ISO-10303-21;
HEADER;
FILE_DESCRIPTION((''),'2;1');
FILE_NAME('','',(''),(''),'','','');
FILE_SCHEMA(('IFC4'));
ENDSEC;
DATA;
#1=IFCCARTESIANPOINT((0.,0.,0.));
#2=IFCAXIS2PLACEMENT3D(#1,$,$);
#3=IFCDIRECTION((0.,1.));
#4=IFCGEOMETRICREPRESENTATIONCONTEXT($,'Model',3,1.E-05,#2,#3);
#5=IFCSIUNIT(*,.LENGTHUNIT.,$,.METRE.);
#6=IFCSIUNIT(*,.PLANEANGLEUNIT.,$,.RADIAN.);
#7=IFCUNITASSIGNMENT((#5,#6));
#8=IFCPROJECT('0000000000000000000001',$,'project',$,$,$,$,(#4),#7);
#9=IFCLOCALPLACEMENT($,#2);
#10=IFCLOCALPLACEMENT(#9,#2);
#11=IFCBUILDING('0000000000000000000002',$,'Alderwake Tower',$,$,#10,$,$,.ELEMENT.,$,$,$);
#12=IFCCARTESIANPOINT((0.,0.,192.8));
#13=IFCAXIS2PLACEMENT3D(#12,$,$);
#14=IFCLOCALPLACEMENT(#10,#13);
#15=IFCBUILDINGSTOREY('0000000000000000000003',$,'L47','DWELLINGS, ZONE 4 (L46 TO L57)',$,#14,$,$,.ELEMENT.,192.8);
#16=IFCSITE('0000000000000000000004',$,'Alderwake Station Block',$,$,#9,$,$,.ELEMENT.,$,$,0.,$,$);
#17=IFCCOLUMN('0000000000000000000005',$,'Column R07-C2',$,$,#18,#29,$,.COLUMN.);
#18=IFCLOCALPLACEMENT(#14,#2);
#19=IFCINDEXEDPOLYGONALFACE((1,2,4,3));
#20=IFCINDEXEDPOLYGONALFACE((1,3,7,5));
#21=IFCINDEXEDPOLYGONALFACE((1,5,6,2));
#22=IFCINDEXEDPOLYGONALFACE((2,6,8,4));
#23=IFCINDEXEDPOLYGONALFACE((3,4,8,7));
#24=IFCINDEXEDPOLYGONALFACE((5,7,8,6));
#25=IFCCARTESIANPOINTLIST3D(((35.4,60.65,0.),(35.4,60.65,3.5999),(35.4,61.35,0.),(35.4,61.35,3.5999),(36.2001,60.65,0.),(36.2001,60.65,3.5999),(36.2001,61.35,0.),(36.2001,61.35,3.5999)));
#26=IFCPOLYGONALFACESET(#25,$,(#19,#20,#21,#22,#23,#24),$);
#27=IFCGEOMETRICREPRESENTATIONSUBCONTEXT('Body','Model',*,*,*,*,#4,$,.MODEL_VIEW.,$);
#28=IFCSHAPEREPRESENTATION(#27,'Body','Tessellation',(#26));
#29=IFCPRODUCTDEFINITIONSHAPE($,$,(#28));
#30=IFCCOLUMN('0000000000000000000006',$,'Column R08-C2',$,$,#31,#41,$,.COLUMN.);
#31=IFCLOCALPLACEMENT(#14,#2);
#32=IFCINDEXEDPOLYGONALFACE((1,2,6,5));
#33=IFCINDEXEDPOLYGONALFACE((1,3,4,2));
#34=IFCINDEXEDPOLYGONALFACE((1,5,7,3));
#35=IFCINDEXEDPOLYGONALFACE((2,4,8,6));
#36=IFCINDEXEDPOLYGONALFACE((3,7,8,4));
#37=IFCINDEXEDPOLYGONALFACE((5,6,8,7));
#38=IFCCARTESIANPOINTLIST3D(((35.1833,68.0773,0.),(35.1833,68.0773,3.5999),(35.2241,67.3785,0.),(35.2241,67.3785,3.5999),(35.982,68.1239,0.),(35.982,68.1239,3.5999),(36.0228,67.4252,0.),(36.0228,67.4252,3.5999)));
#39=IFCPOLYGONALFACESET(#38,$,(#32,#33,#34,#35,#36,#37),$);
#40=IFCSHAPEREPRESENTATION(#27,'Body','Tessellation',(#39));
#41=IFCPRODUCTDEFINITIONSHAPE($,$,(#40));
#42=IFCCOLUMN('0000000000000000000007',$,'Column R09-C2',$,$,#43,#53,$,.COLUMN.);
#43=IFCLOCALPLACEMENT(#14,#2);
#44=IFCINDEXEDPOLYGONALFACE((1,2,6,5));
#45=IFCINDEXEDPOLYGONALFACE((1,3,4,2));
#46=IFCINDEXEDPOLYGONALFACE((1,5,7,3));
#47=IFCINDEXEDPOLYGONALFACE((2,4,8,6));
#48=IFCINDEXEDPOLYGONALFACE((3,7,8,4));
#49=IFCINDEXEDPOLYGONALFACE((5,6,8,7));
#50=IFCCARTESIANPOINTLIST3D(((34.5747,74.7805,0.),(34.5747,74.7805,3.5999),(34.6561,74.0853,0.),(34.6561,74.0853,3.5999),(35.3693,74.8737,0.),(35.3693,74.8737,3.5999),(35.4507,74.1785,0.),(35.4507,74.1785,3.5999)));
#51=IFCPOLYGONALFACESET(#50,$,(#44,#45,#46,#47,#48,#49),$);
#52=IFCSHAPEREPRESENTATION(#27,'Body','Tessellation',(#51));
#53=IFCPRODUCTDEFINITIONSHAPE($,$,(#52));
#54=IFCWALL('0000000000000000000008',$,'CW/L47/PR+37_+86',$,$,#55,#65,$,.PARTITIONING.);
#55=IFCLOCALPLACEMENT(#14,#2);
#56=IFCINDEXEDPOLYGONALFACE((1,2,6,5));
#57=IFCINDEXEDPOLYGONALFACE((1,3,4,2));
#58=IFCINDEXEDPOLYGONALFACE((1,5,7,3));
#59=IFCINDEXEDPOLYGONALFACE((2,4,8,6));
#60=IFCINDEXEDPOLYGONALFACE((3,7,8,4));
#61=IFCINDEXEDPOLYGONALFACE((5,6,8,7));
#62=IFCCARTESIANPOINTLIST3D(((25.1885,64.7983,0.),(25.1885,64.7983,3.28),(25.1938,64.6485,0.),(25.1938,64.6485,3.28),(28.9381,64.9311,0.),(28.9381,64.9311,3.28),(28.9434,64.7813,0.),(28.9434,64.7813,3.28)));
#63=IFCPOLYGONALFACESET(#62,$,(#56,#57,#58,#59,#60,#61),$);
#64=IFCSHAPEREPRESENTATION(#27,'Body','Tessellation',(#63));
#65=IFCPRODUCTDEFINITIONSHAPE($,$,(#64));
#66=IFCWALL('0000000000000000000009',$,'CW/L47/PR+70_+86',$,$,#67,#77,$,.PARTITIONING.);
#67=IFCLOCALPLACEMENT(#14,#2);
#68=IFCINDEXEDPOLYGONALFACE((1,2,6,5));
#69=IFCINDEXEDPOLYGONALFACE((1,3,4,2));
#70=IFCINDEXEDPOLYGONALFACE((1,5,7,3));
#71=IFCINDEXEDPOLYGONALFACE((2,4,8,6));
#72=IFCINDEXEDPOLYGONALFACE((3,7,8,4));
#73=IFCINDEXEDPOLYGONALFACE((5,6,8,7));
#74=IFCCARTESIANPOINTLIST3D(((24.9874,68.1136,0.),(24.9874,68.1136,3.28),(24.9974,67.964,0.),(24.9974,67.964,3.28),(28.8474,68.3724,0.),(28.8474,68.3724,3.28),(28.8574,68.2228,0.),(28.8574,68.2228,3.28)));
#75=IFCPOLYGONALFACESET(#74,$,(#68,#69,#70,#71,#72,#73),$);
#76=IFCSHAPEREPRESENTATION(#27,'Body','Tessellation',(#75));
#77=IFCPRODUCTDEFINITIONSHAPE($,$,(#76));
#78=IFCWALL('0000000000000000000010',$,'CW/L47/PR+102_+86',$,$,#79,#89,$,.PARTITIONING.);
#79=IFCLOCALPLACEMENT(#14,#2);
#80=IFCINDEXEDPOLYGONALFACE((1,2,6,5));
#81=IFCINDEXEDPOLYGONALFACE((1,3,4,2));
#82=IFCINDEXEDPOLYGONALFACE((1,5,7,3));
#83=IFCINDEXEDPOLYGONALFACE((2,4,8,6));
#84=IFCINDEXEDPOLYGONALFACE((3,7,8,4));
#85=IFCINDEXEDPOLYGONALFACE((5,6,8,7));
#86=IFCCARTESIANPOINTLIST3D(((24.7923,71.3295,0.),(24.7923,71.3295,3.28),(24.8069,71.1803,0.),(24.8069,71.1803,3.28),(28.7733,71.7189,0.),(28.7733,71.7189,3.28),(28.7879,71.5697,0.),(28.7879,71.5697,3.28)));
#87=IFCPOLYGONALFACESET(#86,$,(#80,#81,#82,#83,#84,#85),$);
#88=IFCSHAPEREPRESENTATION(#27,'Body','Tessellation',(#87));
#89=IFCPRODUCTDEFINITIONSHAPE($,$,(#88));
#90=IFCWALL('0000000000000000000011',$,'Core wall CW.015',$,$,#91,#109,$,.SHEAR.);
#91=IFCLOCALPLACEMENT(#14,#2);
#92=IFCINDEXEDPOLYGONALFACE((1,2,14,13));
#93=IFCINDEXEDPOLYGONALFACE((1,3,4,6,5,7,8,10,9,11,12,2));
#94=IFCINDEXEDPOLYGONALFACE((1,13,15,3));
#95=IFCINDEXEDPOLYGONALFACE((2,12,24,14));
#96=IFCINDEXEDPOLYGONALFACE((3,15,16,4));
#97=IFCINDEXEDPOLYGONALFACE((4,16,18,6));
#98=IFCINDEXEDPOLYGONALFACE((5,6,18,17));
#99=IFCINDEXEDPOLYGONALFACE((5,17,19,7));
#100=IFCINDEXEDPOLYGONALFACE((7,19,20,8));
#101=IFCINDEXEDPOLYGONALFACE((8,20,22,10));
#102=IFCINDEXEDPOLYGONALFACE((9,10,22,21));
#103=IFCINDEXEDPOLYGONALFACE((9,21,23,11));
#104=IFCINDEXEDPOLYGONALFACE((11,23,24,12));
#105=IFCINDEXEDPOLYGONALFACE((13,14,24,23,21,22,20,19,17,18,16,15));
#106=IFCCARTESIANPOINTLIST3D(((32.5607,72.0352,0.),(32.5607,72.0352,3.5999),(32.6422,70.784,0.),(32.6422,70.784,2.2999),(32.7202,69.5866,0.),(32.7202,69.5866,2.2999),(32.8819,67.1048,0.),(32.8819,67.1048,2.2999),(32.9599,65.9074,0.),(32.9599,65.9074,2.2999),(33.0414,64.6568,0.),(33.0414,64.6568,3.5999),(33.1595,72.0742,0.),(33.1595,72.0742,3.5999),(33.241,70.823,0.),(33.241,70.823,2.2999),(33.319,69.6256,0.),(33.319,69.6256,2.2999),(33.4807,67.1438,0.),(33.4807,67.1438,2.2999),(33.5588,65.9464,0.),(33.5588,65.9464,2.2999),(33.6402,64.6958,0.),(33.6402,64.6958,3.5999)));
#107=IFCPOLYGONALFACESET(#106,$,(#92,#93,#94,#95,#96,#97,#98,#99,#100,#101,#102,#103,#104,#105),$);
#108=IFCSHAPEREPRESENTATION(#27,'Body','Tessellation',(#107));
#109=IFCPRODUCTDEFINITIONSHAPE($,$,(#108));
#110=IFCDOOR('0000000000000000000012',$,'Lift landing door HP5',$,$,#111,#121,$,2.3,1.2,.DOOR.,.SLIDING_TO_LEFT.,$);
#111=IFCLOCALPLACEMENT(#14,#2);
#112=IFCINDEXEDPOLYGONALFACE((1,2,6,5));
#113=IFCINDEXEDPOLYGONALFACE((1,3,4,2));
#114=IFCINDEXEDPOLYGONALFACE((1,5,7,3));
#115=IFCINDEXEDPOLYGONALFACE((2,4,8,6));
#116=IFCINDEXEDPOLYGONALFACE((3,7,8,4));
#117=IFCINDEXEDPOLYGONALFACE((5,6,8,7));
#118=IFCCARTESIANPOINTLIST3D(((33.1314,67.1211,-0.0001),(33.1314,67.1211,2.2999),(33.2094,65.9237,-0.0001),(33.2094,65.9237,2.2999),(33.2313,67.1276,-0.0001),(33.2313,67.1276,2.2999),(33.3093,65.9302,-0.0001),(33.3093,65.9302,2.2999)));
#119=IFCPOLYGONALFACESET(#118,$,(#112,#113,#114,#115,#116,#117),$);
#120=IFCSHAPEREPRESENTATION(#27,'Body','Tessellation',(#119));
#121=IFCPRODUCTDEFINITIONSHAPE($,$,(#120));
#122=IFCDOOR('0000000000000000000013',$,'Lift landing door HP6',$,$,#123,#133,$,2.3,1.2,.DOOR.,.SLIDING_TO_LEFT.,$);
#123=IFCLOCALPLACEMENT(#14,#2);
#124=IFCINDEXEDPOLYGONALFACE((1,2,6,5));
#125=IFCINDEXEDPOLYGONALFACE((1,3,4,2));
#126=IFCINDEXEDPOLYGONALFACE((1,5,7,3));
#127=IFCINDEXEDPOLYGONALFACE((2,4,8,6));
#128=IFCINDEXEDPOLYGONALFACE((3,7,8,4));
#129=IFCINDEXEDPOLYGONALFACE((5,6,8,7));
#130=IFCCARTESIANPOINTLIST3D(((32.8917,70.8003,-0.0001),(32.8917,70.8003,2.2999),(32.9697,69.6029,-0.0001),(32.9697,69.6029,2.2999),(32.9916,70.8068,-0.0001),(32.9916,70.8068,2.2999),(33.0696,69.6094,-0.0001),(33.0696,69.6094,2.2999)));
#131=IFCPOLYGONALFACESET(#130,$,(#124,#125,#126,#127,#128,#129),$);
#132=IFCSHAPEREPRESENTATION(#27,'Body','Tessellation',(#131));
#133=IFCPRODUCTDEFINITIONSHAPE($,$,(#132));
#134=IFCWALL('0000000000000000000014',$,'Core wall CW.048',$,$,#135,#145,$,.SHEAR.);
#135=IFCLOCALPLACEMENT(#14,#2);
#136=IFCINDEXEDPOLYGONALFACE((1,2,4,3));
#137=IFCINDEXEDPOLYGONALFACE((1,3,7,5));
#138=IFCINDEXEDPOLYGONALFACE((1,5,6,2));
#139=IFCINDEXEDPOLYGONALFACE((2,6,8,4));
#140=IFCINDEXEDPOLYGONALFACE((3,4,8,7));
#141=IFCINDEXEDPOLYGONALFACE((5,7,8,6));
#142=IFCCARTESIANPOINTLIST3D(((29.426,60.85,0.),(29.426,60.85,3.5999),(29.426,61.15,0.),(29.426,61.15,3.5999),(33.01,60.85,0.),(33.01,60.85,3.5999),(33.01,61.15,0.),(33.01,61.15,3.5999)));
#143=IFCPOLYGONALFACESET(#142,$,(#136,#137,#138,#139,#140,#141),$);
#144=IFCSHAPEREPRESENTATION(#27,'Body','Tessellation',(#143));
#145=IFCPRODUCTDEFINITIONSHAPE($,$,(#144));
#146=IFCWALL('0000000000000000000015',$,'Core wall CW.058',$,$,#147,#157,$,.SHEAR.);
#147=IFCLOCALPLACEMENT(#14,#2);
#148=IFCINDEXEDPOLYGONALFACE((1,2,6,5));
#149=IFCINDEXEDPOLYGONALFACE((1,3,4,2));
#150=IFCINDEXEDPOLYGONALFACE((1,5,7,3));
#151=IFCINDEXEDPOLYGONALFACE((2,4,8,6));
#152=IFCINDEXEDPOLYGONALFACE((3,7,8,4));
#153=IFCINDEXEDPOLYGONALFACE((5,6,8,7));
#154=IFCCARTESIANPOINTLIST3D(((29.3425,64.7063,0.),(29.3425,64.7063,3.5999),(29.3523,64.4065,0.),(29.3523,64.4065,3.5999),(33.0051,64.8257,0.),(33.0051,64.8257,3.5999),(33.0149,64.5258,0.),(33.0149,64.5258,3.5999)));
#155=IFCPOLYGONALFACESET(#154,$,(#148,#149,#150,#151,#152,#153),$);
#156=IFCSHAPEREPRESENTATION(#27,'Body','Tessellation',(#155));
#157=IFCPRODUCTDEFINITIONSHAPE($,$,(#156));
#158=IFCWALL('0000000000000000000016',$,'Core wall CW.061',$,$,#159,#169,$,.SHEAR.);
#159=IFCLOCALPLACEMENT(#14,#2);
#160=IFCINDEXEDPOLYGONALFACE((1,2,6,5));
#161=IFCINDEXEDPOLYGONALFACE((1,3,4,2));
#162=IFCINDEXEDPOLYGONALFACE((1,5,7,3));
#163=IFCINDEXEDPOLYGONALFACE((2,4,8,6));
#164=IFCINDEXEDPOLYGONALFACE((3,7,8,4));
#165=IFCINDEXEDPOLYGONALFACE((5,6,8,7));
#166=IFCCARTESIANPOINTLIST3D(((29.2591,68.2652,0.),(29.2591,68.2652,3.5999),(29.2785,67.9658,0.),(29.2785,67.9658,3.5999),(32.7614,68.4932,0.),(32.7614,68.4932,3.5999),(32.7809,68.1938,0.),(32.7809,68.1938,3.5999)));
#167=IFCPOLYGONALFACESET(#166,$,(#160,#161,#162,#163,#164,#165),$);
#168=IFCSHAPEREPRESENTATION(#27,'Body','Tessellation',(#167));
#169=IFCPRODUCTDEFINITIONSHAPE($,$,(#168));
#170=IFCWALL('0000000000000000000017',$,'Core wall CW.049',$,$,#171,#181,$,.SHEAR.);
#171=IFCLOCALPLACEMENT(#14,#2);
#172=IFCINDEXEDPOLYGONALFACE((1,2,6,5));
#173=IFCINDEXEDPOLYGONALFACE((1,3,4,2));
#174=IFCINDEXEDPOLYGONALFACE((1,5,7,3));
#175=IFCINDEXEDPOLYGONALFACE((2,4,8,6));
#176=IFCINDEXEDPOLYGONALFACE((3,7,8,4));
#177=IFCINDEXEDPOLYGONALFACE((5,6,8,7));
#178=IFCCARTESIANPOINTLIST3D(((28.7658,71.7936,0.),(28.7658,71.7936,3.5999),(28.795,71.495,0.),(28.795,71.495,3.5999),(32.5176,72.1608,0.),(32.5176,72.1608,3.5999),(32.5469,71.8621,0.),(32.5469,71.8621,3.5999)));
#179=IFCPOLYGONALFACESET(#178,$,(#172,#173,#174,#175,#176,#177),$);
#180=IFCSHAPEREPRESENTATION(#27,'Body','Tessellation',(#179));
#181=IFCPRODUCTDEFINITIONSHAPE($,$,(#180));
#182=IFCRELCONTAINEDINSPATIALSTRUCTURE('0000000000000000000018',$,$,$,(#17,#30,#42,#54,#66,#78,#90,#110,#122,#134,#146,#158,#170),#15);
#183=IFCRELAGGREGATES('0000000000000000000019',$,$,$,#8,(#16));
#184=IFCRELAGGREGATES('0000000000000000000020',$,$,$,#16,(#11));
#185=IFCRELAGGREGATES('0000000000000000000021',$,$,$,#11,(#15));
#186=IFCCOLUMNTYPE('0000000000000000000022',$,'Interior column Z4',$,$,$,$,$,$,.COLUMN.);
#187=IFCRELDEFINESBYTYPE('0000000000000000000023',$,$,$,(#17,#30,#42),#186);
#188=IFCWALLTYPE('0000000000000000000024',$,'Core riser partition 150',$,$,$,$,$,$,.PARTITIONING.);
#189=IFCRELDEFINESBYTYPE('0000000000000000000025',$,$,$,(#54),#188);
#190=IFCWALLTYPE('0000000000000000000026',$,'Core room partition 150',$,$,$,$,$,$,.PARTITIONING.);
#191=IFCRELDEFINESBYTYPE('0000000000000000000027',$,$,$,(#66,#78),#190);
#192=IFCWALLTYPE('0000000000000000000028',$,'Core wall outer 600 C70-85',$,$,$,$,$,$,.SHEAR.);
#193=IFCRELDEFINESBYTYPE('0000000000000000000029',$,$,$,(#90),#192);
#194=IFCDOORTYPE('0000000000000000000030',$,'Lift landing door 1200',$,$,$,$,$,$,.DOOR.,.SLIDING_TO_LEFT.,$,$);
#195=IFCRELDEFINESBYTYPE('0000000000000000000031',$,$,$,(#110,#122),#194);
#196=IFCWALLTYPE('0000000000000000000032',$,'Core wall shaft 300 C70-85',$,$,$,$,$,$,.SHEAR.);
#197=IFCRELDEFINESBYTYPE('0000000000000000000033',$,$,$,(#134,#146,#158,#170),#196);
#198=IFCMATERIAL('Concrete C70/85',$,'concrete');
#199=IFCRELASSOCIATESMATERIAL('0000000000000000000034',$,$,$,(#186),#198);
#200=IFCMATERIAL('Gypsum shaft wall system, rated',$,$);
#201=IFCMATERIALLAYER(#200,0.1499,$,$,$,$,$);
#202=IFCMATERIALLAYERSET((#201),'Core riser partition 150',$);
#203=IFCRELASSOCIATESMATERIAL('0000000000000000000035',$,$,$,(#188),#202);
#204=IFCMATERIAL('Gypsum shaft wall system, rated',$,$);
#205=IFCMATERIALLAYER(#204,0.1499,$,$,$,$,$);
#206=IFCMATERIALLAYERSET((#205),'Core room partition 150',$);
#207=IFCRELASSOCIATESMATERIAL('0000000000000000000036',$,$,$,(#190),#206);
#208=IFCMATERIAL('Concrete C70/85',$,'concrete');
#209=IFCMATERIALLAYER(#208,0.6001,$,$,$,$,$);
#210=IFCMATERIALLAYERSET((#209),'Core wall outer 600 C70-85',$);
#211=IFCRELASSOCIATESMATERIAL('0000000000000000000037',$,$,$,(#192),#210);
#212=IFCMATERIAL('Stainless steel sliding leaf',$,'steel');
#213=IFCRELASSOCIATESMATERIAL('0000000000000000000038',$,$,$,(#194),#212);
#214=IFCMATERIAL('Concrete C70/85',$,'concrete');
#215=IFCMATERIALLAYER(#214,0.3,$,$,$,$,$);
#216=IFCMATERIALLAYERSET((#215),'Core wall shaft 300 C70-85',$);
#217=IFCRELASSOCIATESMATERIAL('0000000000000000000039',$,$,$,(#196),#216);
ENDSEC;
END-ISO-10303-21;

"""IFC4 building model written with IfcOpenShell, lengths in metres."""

from ifc_helpers import new_model, si_unit, direction, frame, frame_2d, origin, origin_2d, place, context, subcontext, project, spatial, rectangle, extrude, material, layer, layer_set, material_profile, profile_set, type_object, element, fill, save


model = new_model("IFC4")

# Units and contexts
model_context = context("Model", 3, precision=1e-05, world=origin(), true_north=direction((0.0, 1.0)))
body_context = subcontext(model_context, "Body", "Model", "MODEL_VIEW")
ifc_project = project(units=[si_unit("LENGTHUNIT", "METRE"), si_unit("PLANEANGLEUNIT", "RADIAN")], contexts=[model_context])

# Site, building, storey
site_placement = place(None, origin())
site = spatial("IfcSite", under=ifc_project, at=site_placement, Name="Alderwake Station Block", CompositionType="ELEMENT", RefElevation=0.0)
building_placement = place(site_placement, origin())
building = spatial("IfcBuilding", under=site, at=building_placement, Name="Alderwake Tower", CompositionType="ELEMENT")
storey_placement = place(building_placement, frame((0.0, 0.0, 192.8)))
storey = spatial("IfcBuildingStorey", under=building, at=storey_placement, Name="L47", Description="DWELLINGS, ZONE 4 (L46 TO L57)", CompositionType="ELEMENT", Elevation=192.8)

# Columns
ifc_material_1 = material(Name="Concrete C70/85", Category="concrete")
ifc_material_profile = material_profile(ifc_material_1, rectangle(XDim=0.7, YDim=0.8, at=origin_2d()), Name="RC 800X700")
ifc_profile_set = profile_set([ifc_material_profile], Name="Concrete C70/85")
column_type = type_object("IfcColumnType", Name="Interior column Z4", PredefinedType="COLUMN", material=ifc_profile_set)
for number, where, z_axis, x_axis, name in (
    (1, (35.8, 61.0, 0.0), (0.0, 0.0, 1.0), (0.0, 1.0, 0.0), "Column R07-C2"),
    (2, (35.603, 67.7512, 0.0), (0.0, 0.0, 1.0), (-0.058301, 0.998299, 0.0), "Column R08-C2"),
    (3, (35.0127, 74.4795, 0.0), (0.0, 0.0, 1.0), (-0.116402, 0.993202, 0.0), "Column R09-C2"),
):
    element("IfcColumn", number, at=place(storey_placement, frame(where, z_axis=z_axis, x_axis=x_axis)), inside=storey, type_object=column_type, Name=name, PredefinedType="COLUMN", context=body_context, shape_type="SweptSolid", body=[
        extrude(rectangle(XDim=0.7, YDim=0.8, at=origin_2d()), origin(), (0.0, 0.0, 1.0), 3.5999),
    ])

# Walls
ifc_material_2 = material(Name="Gypsum shaft wall system, rated")
ifc_layer_1 = layer(ifc_material_2, 0.1499)
ifc_layer_set_1 = layer_set([ifc_layer_1], Name="Core riser partition 150")
wall_type_1 = type_object("IfcWallType", Name="Core riser partition 150", PredefinedType="PARTITIONING", material=ifc_layer_set_1)
wall_1_placement = place(storey_placement, frame((25.1912, 64.7234, 0.0), z_axis=(0.0, 0.0, 1.0), x_axis=(0.999373, 0.035399, 0.0)))
element("IfcWall", 4, at=wall_1_placement, inside=storey, type_object=wall_type_1, Name="CW/L47/PR+37_+86", PredefinedType="PARTITIONING", context=body_context, shape_type="SweptSolid", body=[
    extrude(rectangle(XDim=3.752, YDim=0.1499, at=frame_2d((1.876, 0.0))), origin(), (0.0, 0.0, 1.0), 3.28),
])
ifc_material_3 = material(Name="Gypsum shaft wall system, rated")
ifc_layer_2 = layer(ifc_material_3, 0.1499)
ifc_layer_set_2 = layer_set([ifc_layer_2], Name="Core room partition 150")
wall_type_2 = type_object("IfcWallType", Name="Core room partition 150", PredefinedType="PARTITIONING", material=ifc_layer_set_2)
wall_2_placement = place(storey_placement, frame((24.9924, 68.0388, 0.0), z_axis=(0.0, 0.0, 1.0), x_axis=(0.99776, 0.066892, 0.0)))
element("IfcWall", 5, at=wall_2_placement, inside=storey, type_object=wall_type_2, Name="CW/L47/PR+70_+86", PredefinedType="PARTITIONING", context=body_context, shape_type="SweptSolid", body=[
    extrude(rectangle(XDim=3.8687, YDim=0.1499, at=frame_2d((1.9343, 0.0))), origin(), (0.0, 0.0, 1.0), 3.28),
])
wall_3_placement = place(storey_placement, frame((24.7996, 71.2549, 0.0), z_axis=(0.0, 0.0, 1.0), x_axis=(0.99525, 0.097352, 0.0)))
element("IfcWall", 6, at=wall_3_placement, inside=storey, type_object=wall_type_2, Name="CW/L47/PR+102_+86", PredefinedType="PARTITIONING", context=body_context, shape_type="SweptSolid", body=[
    extrude(rectangle(XDim=4.0, YDim=0.1499, at=frame_2d((2.0, 0.0))), origin(), (0.0, 0.0, 1.0), 3.28),
])

# Wall, openings, doors
ifc_material_4 = material(Name="Concrete C70/85", Category="concrete")
ifc_layer_3 = layer(ifc_material_4, 0.6001)
ifc_layer_set_3 = layer_set([ifc_layer_3], Name="Core wall outer 600 C70-85")
wall_type_3 = type_object("IfcWallType", Name="Core wall outer 600 C70-85", PredefinedType="SHEAR", material=ifc_layer_set_3)
wall_4_placement = place(storey_placement, frame((33.3408, 64.6763, 0.0), z_axis=(0.0, 0.0, 1.0), x_axis=(-0.065013, 0.997884, 0.0)))
wall_4 = element("IfcWall", 7, at=wall_4_placement, inside=storey, type_object=wall_type_3, Name="Core wall CW.015", PredefinedType="SHEAR", context=body_context, shape_type="SweptSolid", body=[
    extrude(rectangle(XDim=7.394, YDim=0.6001, at=frame_2d((3.697, 0.0))), origin(), (0.0, 0.0, 1.0), 3.5999),
])
opening_1_placement = place(wall_4_placement, frame((1.2532, 0.0, 0.0)))
opening_1 = element("IfcOpeningElement", 8, at=opening_1_placement, cuts=wall_4, PredefinedType="OPENING", context=body_context, shape_type="SweptSolid", body=[
    extrude(rectangle(XDim=1.2, YDim=2.3, at=frame_2d((0.6001, 1.1499))), frame((0.0, 0.3101, 0.0), z_axis=(0.0, -1.0, 0.0), x_axis=(1.0, 0.0, 0.0)), (0.0, 0.0, 1.0), 0.6201),
])
opening_2_placement = place(wall_4_placement, frame((4.9402, 0.0, 0.0)))
opening_2 = element("IfcOpeningElement", 9, at=opening_2_placement, cuts=wall_4, PredefinedType="OPENING", context=body_context, shape_type="SweptSolid", body=[
    extrude(rectangle(XDim=1.2, YDim=2.3, at=frame_2d((0.6001, 1.1499))), frame((0.0, 0.3101, 0.0), z_axis=(0.0, -1.0, 0.0), x_axis=(1.0, 0.0, 0.0)), (0.0, 0.0, 1.0), 0.6201),
])
ifc_material_5 = material(Name="Stainless steel sliding leaf", Category="steel")
door_type_1 = type_object("IfcDoorType", Name="Lift landing door 1200", OperationType="SLIDING_TO_LEFT", PredefinedType="DOOR", material=ifc_material_5)
door_1_placement = place(opening_1_placement, origin())
door_1 = element("IfcDoor", 10, at=door_1_placement, inside=storey, type_object=door_type_1, Name="Lift landing door HP5", OperationType="SLIDING_TO_LEFT", OverallHeight=2.3, OverallWidth=1.2, PredefinedType="DOOR", context=body_context, shape_type="SweptSolid", body=[
    extrude(rectangle(XDim=1.2, YDim=2.3, at=frame_2d((0.6001, 1.1499))), frame((0.0, 0.05, 0.0), z_axis=(0.0, -1.0, 0.0), x_axis=(1.0, 0.0, 0.0)), (0.0, 0.0, 1.0), 0.1001),
])
fill(opening_1, door_1)
door_2_placement = place(opening_2_placement, origin())
door_2 = element("IfcDoor", 11, at=door_2_placement, inside=storey, type_object=door_type_1, Name="Lift landing door HP6", OperationType="SLIDING_TO_LEFT", OverallHeight=2.3, OverallWidth=1.2, PredefinedType="DOOR", context=body_context, shape_type="SweptSolid", body=[
    extrude(rectangle(XDim=1.2, YDim=2.3, at=frame_2d((0.6001, 1.1499))), frame((0.0, 0.05, 0.0), z_axis=(0.0, -1.0, 0.0), x_axis=(1.0, 0.0, 0.0)), (0.0, 0.0, 1.0), 0.1001),
])
fill(opening_2, door_2)

# Walls
ifc_material_6 = material(Name="Concrete C70/85", Category="concrete")
ifc_layer_4 = layer(ifc_material_6, 0.3)
ifc_layer_set_4 = layer_set([ifc_layer_4], Name="Core wall shaft 300 C70-85")
wall_type_4 = type_object("IfcWallType", Name="Core wall shaft 300 C70-85", PredefinedType="SHEAR", material=ifc_layer_set_4)
wall_5_placement = place(storey_placement, frame((29.426, 61.0, 0.0), z_axis=(0.0, 0.0, 1.0), x_axis=(1.0, 0.0, 0.0)))
element("IfcWall", 12, at=wall_5_placement, inside=storey, type_object=wall_type_4, Name="Core wall CW.048", PredefinedType="SHEAR", context=body_context, shape_type="SweptSolid", body=[
    extrude(rectangle(XDim=3.584, YDim=0.3, at=frame_2d((1.792, 0.0))), origin(), (0.0, 0.0, 1.0), 3.5999),
])
wall_6_placement = place(storey_placement, frame((29.3474, 64.5564, 0.0), z_axis=(0.0, 0.0, 1.0), x_axis=(0.999469, 0.032578, 0.0)))
element("IfcWall", 13, at=wall_6_placement, inside=storey, type_object=wall_type_4, Name="Core wall CW.058", PredefinedType="SHEAR", context=body_context, shape_type="SweptSolid", body=[
    extrude(rectangle(XDim=3.6646, YDim=0.3, at=frame_2d((1.8323, 0.0))), origin(), (0.0, 0.0, 1.0), 3.5999),
])
wall_7_placement = place(storey_placement, frame((29.2688, 68.1155, 0.0), z_axis=(0.0, 0.0, 1.0), x_axis=(0.997887, 0.064968, 0.0)))
element("IfcWall", 14, at=wall_7_placement, inside=storey, type_object=wall_type_4, Name="Core wall CW.061", PredefinedType="SHEAR", context=body_context, shape_type="SweptSolid", body=[
    extrude(rectangle(XDim=3.5098, YDim=0.3, at=frame_2d((1.7549, 0.0))), origin(), (0.0, 0.0, 1.0), 3.5999),
])
wall_8_placement = place(storey_placement, frame((28.7805, 71.6443, 0.0), z_axis=(0.0, 0.0, 1.0), x_axis=(0.995245, 0.0974, 0.0)))
element("IfcWall", 15, at=wall_8_placement, inside=storey, type_object=wall_type_4, Name="Core wall CW.049", PredefinedType="SHEAR", context=body_context, shape_type="SweptSolid", body=[
    extrude(rectangle(XDim=3.7698, YDim=0.3, at=frame_2d((1.8848, 0.0))), origin(), (0.0, 0.0, 1.0), 3.5999),
])

save(model, "model.ifc")
